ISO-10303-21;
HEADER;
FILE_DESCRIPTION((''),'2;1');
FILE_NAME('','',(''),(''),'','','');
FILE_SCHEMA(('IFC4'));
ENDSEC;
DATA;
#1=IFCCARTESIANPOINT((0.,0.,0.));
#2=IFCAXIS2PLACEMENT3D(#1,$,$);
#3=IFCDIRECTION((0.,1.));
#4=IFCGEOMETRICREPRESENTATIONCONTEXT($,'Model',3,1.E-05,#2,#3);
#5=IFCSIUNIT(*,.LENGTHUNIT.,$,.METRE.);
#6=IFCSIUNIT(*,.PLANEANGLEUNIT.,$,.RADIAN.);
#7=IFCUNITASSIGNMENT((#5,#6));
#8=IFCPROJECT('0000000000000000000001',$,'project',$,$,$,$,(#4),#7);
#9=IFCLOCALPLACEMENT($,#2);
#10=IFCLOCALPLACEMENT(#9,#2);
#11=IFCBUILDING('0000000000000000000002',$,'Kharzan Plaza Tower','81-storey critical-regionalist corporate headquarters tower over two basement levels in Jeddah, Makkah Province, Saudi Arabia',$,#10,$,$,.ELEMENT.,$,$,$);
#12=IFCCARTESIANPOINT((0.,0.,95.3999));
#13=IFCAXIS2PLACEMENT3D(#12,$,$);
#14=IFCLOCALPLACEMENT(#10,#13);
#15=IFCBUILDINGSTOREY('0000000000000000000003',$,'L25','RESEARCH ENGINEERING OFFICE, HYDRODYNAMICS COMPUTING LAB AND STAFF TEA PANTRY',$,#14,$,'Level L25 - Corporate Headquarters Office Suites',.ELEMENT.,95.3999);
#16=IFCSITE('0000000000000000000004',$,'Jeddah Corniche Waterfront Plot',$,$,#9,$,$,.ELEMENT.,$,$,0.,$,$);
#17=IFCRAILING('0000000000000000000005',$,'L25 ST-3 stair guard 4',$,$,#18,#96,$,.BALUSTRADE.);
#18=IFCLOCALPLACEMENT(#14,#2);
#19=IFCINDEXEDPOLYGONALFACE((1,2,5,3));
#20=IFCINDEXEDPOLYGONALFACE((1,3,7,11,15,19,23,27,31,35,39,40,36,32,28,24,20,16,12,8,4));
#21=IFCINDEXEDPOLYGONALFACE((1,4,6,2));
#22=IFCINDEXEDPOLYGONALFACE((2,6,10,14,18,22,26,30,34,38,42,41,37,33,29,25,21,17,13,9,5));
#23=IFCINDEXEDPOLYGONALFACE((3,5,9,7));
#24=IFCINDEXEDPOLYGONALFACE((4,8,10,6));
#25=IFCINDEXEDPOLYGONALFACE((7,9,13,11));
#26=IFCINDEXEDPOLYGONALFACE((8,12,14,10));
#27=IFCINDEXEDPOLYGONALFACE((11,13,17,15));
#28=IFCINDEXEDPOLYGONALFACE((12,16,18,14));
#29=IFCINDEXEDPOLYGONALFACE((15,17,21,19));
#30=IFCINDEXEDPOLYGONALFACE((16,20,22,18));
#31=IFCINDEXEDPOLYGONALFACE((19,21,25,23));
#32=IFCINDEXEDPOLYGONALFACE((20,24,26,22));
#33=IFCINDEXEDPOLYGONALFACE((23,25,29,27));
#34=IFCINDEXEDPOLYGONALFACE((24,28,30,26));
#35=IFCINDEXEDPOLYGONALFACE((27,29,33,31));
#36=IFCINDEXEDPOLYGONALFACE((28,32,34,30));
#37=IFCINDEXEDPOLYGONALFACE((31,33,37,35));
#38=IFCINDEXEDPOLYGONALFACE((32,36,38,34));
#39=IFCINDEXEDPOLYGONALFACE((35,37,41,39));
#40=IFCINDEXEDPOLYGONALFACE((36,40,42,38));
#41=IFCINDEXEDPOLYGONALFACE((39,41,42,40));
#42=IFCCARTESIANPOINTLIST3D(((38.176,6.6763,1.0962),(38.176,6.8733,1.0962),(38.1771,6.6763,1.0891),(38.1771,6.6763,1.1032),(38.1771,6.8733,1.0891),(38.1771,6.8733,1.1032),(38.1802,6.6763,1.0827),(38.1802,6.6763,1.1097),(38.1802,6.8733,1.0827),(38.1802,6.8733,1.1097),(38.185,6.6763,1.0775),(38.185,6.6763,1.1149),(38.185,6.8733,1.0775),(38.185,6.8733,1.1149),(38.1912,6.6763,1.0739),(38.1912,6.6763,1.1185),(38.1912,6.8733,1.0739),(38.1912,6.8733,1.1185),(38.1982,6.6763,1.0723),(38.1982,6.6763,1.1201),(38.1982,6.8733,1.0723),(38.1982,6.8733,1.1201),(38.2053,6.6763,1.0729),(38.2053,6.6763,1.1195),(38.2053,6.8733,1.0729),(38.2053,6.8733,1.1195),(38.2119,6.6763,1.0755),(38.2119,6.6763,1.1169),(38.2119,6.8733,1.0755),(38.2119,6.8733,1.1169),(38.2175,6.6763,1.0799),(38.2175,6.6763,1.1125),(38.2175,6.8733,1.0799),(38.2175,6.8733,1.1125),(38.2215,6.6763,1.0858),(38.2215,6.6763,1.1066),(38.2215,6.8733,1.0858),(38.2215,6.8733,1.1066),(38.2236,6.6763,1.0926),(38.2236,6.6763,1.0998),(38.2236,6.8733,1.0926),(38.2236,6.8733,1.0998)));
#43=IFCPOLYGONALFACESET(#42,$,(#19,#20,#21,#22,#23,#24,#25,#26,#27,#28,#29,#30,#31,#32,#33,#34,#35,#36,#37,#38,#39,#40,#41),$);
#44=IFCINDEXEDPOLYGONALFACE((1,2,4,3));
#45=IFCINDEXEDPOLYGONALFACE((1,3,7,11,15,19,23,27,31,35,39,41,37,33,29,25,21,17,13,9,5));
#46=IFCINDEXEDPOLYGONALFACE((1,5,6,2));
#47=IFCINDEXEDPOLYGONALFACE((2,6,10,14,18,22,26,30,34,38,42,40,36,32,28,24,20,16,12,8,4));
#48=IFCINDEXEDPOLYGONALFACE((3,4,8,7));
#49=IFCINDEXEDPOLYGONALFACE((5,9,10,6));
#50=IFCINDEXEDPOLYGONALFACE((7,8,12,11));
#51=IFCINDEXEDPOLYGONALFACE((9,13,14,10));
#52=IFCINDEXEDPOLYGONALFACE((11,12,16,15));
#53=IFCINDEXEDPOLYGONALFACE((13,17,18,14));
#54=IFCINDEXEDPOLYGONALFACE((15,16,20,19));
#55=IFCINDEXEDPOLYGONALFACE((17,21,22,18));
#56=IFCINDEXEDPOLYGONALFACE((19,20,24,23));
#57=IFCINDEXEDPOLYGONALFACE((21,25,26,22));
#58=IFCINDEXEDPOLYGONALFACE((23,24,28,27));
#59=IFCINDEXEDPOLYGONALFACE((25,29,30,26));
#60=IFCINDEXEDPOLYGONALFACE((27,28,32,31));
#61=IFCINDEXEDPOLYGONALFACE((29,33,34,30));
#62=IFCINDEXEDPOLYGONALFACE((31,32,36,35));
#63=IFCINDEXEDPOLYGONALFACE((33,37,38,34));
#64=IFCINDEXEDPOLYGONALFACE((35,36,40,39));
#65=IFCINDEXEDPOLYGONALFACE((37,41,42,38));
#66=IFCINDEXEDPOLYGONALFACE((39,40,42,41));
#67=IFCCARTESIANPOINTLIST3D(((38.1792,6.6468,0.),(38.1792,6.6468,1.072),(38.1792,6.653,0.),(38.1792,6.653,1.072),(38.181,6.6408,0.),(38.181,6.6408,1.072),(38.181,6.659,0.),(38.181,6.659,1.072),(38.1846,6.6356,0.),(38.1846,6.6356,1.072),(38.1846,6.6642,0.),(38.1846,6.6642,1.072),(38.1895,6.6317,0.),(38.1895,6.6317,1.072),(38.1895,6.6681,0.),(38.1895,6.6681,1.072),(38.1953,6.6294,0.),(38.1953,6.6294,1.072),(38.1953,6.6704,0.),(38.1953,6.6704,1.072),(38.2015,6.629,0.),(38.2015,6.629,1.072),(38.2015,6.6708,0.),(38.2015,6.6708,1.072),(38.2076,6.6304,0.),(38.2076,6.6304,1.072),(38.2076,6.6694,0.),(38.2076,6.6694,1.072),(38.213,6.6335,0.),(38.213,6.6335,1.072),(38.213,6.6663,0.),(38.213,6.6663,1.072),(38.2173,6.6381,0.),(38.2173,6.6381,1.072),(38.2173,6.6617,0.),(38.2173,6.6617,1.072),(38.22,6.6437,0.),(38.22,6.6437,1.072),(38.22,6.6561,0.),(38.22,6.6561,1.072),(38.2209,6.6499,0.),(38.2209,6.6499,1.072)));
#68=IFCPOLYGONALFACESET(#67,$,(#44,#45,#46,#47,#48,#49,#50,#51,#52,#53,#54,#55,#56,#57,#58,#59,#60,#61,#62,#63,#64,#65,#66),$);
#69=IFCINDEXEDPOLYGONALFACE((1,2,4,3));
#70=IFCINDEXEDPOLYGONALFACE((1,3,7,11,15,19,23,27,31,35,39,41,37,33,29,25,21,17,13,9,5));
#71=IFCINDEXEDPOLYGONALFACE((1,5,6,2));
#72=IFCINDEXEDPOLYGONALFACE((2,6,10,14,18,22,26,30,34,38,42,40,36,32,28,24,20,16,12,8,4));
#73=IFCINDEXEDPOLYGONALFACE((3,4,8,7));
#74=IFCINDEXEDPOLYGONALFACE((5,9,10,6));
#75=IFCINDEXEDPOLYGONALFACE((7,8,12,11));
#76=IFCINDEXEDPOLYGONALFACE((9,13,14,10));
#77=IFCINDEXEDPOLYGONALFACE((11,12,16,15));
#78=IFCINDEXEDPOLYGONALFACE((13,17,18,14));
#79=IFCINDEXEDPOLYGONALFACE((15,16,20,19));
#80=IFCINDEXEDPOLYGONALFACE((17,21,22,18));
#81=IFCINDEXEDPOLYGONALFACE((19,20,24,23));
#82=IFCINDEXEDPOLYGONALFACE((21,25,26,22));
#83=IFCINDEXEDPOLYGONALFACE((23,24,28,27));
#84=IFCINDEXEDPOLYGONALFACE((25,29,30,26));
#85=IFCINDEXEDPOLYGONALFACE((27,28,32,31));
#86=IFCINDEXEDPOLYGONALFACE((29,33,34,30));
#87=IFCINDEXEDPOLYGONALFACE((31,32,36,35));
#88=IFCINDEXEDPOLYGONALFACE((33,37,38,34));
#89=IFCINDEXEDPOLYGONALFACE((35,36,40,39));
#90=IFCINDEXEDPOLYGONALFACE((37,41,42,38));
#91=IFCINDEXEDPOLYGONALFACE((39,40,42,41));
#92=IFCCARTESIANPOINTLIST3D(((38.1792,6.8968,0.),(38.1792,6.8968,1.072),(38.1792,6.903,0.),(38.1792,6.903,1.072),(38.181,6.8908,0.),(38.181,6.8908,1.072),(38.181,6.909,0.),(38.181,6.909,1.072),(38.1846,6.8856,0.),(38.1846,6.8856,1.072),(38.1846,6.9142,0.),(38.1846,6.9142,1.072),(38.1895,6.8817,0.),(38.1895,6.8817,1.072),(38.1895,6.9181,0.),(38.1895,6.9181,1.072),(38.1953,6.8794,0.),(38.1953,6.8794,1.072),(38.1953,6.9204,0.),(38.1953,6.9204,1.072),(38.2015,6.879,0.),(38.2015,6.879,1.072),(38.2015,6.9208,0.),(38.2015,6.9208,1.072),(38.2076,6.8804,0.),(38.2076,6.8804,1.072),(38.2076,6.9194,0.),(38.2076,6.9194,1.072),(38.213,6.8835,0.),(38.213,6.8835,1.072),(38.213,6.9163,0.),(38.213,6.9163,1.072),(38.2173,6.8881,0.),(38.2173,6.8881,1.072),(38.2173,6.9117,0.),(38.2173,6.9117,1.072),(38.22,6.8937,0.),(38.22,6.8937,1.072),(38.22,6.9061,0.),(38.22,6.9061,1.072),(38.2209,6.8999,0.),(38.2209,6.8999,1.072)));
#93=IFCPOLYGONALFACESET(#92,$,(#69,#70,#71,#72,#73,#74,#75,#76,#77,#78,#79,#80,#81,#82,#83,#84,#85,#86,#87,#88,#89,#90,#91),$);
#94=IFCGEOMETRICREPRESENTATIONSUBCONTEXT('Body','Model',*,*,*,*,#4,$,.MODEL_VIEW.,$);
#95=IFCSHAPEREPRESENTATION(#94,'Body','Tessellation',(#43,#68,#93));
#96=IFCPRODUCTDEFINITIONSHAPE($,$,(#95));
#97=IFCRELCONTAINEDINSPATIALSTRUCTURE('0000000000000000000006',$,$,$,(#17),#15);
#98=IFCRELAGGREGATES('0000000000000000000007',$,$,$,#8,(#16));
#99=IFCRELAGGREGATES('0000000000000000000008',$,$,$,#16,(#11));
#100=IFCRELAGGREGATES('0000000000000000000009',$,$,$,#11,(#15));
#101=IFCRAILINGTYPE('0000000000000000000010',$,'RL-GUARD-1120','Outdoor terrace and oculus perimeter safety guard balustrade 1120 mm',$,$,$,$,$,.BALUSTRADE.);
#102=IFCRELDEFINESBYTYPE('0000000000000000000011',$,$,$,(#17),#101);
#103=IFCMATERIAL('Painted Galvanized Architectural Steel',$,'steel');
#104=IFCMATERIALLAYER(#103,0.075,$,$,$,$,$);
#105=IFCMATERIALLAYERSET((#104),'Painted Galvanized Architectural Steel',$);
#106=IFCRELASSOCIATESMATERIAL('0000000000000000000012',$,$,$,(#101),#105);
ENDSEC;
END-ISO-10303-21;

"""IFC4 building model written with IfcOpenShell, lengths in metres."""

from ifc_helpers import new_model, si_unit, direction, frame, origin, origin_2d, place, context, subcontext, project, spatial, circle, extrude, source, transform, mapped, material, layer, layer_set, type_object, element, save


model = new_model("IFC4")

# Units and contexts
model_context = context("Model", 3, precision=1e-05, world=origin(), true_north=direction((0.0, 1.0)))
body_context = subcontext(model_context, "Body", "Model", "MODEL_VIEW")
ifc_project = project(units=[si_unit("LENGTHUNIT", "METRE"), si_unit("PLANEANGLEUNIT", "RADIAN")], contexts=[model_context])

# Site, building, storey
site_placement = place(None, origin())
site = spatial("IfcSite", under=ifc_project, at=site_placement, Name="Jeddah Corniche Waterfront Plot", CompositionType="ELEMENT", RefElevation=0.0)
building_placement = place(site_placement, origin())
building = spatial("IfcBuilding", under=site, at=building_placement, Name="Kharzan Plaza Tower", Description="81-storey critical-regionalist corporate headquarters tower over two basement levels in Jeddah, Makkah Province, Saudi Arabia", CompositionType="ELEMENT")
storey_placement = place(building_placement, frame((0.0, 0.0, 95.3999)))
storey = spatial("IfcBuildingStorey", under=building, at=storey_placement, Name="L25", Description="RESEARCH ENGINEERING OFFICE, HYDRODYNAMICS COMPUTING LAB AND STAFF TEA PANTRY", LongName="Level L25 - Corporate Headquarters Office Suites", CompositionType="ELEMENT", Elevation=95.3999)

# Railing
ifc_material_1 = material(Name="Painted Galvanized Architectural Steel", Category="steel")
ifc_layer_1 = layer(ifc_material_1, 0.075)
ifc_layer_set_1 = layer_set([ifc_layer_1], Name="Painted Galvanized Architectural Steel")
railing_type_1 = type_object("IfcRailingType", Name="RL-GUARD-1120", Description="Outdoor terrace and oculus perimeter safety guard balustrade 1120 mm", PredefinedType="BALUSTRADE", material=ifc_layer_set_1)
shared_shape_1 = source(origin(), body_context, "Body", "SweptSolid", [
    extrude(circle(Radius=0.0239, at=origin_2d()), frame((0.0, 0.0264, 1.0962), z_axis=(0.0, 1.0, 0.0), x_axis=(-1.0, 0.0, 0.0)), (0.0, 0.0, 1.0), 0.197),
    extrude(circle(Radius=0.021, at=origin_2d()), origin(), (0.0, 0.0, 1.0), 1.072),
    extrude(circle(Radius=0.021, at=origin_2d()), frame((0.0, 0.25, 0.0)), (0.0, 0.0, 1.0), 1.072),
])
for number, where, name in (
    (1, (38.2, 6.6499, 0.0), "L25 ST-3 stair guard 4"),
):
    element("IfcRailing", number, at=place(storey_placement, frame(where)), inside=storey, type_object=railing_type_1, Name=name, PredefinedType="BALUSTRADE", context=body_context, shape_type="MappedRepresentation", body=[
        mapped(shared_shape_1, transform((0.0, 0.0, 0.0), x_axis=(1.0, 0.0, 0.0), y_axis=(0.0, 1.0, 0.0), z_axis=(0.0, 0.0, 1.0))),
    ])

save(model, "model.ifc")
